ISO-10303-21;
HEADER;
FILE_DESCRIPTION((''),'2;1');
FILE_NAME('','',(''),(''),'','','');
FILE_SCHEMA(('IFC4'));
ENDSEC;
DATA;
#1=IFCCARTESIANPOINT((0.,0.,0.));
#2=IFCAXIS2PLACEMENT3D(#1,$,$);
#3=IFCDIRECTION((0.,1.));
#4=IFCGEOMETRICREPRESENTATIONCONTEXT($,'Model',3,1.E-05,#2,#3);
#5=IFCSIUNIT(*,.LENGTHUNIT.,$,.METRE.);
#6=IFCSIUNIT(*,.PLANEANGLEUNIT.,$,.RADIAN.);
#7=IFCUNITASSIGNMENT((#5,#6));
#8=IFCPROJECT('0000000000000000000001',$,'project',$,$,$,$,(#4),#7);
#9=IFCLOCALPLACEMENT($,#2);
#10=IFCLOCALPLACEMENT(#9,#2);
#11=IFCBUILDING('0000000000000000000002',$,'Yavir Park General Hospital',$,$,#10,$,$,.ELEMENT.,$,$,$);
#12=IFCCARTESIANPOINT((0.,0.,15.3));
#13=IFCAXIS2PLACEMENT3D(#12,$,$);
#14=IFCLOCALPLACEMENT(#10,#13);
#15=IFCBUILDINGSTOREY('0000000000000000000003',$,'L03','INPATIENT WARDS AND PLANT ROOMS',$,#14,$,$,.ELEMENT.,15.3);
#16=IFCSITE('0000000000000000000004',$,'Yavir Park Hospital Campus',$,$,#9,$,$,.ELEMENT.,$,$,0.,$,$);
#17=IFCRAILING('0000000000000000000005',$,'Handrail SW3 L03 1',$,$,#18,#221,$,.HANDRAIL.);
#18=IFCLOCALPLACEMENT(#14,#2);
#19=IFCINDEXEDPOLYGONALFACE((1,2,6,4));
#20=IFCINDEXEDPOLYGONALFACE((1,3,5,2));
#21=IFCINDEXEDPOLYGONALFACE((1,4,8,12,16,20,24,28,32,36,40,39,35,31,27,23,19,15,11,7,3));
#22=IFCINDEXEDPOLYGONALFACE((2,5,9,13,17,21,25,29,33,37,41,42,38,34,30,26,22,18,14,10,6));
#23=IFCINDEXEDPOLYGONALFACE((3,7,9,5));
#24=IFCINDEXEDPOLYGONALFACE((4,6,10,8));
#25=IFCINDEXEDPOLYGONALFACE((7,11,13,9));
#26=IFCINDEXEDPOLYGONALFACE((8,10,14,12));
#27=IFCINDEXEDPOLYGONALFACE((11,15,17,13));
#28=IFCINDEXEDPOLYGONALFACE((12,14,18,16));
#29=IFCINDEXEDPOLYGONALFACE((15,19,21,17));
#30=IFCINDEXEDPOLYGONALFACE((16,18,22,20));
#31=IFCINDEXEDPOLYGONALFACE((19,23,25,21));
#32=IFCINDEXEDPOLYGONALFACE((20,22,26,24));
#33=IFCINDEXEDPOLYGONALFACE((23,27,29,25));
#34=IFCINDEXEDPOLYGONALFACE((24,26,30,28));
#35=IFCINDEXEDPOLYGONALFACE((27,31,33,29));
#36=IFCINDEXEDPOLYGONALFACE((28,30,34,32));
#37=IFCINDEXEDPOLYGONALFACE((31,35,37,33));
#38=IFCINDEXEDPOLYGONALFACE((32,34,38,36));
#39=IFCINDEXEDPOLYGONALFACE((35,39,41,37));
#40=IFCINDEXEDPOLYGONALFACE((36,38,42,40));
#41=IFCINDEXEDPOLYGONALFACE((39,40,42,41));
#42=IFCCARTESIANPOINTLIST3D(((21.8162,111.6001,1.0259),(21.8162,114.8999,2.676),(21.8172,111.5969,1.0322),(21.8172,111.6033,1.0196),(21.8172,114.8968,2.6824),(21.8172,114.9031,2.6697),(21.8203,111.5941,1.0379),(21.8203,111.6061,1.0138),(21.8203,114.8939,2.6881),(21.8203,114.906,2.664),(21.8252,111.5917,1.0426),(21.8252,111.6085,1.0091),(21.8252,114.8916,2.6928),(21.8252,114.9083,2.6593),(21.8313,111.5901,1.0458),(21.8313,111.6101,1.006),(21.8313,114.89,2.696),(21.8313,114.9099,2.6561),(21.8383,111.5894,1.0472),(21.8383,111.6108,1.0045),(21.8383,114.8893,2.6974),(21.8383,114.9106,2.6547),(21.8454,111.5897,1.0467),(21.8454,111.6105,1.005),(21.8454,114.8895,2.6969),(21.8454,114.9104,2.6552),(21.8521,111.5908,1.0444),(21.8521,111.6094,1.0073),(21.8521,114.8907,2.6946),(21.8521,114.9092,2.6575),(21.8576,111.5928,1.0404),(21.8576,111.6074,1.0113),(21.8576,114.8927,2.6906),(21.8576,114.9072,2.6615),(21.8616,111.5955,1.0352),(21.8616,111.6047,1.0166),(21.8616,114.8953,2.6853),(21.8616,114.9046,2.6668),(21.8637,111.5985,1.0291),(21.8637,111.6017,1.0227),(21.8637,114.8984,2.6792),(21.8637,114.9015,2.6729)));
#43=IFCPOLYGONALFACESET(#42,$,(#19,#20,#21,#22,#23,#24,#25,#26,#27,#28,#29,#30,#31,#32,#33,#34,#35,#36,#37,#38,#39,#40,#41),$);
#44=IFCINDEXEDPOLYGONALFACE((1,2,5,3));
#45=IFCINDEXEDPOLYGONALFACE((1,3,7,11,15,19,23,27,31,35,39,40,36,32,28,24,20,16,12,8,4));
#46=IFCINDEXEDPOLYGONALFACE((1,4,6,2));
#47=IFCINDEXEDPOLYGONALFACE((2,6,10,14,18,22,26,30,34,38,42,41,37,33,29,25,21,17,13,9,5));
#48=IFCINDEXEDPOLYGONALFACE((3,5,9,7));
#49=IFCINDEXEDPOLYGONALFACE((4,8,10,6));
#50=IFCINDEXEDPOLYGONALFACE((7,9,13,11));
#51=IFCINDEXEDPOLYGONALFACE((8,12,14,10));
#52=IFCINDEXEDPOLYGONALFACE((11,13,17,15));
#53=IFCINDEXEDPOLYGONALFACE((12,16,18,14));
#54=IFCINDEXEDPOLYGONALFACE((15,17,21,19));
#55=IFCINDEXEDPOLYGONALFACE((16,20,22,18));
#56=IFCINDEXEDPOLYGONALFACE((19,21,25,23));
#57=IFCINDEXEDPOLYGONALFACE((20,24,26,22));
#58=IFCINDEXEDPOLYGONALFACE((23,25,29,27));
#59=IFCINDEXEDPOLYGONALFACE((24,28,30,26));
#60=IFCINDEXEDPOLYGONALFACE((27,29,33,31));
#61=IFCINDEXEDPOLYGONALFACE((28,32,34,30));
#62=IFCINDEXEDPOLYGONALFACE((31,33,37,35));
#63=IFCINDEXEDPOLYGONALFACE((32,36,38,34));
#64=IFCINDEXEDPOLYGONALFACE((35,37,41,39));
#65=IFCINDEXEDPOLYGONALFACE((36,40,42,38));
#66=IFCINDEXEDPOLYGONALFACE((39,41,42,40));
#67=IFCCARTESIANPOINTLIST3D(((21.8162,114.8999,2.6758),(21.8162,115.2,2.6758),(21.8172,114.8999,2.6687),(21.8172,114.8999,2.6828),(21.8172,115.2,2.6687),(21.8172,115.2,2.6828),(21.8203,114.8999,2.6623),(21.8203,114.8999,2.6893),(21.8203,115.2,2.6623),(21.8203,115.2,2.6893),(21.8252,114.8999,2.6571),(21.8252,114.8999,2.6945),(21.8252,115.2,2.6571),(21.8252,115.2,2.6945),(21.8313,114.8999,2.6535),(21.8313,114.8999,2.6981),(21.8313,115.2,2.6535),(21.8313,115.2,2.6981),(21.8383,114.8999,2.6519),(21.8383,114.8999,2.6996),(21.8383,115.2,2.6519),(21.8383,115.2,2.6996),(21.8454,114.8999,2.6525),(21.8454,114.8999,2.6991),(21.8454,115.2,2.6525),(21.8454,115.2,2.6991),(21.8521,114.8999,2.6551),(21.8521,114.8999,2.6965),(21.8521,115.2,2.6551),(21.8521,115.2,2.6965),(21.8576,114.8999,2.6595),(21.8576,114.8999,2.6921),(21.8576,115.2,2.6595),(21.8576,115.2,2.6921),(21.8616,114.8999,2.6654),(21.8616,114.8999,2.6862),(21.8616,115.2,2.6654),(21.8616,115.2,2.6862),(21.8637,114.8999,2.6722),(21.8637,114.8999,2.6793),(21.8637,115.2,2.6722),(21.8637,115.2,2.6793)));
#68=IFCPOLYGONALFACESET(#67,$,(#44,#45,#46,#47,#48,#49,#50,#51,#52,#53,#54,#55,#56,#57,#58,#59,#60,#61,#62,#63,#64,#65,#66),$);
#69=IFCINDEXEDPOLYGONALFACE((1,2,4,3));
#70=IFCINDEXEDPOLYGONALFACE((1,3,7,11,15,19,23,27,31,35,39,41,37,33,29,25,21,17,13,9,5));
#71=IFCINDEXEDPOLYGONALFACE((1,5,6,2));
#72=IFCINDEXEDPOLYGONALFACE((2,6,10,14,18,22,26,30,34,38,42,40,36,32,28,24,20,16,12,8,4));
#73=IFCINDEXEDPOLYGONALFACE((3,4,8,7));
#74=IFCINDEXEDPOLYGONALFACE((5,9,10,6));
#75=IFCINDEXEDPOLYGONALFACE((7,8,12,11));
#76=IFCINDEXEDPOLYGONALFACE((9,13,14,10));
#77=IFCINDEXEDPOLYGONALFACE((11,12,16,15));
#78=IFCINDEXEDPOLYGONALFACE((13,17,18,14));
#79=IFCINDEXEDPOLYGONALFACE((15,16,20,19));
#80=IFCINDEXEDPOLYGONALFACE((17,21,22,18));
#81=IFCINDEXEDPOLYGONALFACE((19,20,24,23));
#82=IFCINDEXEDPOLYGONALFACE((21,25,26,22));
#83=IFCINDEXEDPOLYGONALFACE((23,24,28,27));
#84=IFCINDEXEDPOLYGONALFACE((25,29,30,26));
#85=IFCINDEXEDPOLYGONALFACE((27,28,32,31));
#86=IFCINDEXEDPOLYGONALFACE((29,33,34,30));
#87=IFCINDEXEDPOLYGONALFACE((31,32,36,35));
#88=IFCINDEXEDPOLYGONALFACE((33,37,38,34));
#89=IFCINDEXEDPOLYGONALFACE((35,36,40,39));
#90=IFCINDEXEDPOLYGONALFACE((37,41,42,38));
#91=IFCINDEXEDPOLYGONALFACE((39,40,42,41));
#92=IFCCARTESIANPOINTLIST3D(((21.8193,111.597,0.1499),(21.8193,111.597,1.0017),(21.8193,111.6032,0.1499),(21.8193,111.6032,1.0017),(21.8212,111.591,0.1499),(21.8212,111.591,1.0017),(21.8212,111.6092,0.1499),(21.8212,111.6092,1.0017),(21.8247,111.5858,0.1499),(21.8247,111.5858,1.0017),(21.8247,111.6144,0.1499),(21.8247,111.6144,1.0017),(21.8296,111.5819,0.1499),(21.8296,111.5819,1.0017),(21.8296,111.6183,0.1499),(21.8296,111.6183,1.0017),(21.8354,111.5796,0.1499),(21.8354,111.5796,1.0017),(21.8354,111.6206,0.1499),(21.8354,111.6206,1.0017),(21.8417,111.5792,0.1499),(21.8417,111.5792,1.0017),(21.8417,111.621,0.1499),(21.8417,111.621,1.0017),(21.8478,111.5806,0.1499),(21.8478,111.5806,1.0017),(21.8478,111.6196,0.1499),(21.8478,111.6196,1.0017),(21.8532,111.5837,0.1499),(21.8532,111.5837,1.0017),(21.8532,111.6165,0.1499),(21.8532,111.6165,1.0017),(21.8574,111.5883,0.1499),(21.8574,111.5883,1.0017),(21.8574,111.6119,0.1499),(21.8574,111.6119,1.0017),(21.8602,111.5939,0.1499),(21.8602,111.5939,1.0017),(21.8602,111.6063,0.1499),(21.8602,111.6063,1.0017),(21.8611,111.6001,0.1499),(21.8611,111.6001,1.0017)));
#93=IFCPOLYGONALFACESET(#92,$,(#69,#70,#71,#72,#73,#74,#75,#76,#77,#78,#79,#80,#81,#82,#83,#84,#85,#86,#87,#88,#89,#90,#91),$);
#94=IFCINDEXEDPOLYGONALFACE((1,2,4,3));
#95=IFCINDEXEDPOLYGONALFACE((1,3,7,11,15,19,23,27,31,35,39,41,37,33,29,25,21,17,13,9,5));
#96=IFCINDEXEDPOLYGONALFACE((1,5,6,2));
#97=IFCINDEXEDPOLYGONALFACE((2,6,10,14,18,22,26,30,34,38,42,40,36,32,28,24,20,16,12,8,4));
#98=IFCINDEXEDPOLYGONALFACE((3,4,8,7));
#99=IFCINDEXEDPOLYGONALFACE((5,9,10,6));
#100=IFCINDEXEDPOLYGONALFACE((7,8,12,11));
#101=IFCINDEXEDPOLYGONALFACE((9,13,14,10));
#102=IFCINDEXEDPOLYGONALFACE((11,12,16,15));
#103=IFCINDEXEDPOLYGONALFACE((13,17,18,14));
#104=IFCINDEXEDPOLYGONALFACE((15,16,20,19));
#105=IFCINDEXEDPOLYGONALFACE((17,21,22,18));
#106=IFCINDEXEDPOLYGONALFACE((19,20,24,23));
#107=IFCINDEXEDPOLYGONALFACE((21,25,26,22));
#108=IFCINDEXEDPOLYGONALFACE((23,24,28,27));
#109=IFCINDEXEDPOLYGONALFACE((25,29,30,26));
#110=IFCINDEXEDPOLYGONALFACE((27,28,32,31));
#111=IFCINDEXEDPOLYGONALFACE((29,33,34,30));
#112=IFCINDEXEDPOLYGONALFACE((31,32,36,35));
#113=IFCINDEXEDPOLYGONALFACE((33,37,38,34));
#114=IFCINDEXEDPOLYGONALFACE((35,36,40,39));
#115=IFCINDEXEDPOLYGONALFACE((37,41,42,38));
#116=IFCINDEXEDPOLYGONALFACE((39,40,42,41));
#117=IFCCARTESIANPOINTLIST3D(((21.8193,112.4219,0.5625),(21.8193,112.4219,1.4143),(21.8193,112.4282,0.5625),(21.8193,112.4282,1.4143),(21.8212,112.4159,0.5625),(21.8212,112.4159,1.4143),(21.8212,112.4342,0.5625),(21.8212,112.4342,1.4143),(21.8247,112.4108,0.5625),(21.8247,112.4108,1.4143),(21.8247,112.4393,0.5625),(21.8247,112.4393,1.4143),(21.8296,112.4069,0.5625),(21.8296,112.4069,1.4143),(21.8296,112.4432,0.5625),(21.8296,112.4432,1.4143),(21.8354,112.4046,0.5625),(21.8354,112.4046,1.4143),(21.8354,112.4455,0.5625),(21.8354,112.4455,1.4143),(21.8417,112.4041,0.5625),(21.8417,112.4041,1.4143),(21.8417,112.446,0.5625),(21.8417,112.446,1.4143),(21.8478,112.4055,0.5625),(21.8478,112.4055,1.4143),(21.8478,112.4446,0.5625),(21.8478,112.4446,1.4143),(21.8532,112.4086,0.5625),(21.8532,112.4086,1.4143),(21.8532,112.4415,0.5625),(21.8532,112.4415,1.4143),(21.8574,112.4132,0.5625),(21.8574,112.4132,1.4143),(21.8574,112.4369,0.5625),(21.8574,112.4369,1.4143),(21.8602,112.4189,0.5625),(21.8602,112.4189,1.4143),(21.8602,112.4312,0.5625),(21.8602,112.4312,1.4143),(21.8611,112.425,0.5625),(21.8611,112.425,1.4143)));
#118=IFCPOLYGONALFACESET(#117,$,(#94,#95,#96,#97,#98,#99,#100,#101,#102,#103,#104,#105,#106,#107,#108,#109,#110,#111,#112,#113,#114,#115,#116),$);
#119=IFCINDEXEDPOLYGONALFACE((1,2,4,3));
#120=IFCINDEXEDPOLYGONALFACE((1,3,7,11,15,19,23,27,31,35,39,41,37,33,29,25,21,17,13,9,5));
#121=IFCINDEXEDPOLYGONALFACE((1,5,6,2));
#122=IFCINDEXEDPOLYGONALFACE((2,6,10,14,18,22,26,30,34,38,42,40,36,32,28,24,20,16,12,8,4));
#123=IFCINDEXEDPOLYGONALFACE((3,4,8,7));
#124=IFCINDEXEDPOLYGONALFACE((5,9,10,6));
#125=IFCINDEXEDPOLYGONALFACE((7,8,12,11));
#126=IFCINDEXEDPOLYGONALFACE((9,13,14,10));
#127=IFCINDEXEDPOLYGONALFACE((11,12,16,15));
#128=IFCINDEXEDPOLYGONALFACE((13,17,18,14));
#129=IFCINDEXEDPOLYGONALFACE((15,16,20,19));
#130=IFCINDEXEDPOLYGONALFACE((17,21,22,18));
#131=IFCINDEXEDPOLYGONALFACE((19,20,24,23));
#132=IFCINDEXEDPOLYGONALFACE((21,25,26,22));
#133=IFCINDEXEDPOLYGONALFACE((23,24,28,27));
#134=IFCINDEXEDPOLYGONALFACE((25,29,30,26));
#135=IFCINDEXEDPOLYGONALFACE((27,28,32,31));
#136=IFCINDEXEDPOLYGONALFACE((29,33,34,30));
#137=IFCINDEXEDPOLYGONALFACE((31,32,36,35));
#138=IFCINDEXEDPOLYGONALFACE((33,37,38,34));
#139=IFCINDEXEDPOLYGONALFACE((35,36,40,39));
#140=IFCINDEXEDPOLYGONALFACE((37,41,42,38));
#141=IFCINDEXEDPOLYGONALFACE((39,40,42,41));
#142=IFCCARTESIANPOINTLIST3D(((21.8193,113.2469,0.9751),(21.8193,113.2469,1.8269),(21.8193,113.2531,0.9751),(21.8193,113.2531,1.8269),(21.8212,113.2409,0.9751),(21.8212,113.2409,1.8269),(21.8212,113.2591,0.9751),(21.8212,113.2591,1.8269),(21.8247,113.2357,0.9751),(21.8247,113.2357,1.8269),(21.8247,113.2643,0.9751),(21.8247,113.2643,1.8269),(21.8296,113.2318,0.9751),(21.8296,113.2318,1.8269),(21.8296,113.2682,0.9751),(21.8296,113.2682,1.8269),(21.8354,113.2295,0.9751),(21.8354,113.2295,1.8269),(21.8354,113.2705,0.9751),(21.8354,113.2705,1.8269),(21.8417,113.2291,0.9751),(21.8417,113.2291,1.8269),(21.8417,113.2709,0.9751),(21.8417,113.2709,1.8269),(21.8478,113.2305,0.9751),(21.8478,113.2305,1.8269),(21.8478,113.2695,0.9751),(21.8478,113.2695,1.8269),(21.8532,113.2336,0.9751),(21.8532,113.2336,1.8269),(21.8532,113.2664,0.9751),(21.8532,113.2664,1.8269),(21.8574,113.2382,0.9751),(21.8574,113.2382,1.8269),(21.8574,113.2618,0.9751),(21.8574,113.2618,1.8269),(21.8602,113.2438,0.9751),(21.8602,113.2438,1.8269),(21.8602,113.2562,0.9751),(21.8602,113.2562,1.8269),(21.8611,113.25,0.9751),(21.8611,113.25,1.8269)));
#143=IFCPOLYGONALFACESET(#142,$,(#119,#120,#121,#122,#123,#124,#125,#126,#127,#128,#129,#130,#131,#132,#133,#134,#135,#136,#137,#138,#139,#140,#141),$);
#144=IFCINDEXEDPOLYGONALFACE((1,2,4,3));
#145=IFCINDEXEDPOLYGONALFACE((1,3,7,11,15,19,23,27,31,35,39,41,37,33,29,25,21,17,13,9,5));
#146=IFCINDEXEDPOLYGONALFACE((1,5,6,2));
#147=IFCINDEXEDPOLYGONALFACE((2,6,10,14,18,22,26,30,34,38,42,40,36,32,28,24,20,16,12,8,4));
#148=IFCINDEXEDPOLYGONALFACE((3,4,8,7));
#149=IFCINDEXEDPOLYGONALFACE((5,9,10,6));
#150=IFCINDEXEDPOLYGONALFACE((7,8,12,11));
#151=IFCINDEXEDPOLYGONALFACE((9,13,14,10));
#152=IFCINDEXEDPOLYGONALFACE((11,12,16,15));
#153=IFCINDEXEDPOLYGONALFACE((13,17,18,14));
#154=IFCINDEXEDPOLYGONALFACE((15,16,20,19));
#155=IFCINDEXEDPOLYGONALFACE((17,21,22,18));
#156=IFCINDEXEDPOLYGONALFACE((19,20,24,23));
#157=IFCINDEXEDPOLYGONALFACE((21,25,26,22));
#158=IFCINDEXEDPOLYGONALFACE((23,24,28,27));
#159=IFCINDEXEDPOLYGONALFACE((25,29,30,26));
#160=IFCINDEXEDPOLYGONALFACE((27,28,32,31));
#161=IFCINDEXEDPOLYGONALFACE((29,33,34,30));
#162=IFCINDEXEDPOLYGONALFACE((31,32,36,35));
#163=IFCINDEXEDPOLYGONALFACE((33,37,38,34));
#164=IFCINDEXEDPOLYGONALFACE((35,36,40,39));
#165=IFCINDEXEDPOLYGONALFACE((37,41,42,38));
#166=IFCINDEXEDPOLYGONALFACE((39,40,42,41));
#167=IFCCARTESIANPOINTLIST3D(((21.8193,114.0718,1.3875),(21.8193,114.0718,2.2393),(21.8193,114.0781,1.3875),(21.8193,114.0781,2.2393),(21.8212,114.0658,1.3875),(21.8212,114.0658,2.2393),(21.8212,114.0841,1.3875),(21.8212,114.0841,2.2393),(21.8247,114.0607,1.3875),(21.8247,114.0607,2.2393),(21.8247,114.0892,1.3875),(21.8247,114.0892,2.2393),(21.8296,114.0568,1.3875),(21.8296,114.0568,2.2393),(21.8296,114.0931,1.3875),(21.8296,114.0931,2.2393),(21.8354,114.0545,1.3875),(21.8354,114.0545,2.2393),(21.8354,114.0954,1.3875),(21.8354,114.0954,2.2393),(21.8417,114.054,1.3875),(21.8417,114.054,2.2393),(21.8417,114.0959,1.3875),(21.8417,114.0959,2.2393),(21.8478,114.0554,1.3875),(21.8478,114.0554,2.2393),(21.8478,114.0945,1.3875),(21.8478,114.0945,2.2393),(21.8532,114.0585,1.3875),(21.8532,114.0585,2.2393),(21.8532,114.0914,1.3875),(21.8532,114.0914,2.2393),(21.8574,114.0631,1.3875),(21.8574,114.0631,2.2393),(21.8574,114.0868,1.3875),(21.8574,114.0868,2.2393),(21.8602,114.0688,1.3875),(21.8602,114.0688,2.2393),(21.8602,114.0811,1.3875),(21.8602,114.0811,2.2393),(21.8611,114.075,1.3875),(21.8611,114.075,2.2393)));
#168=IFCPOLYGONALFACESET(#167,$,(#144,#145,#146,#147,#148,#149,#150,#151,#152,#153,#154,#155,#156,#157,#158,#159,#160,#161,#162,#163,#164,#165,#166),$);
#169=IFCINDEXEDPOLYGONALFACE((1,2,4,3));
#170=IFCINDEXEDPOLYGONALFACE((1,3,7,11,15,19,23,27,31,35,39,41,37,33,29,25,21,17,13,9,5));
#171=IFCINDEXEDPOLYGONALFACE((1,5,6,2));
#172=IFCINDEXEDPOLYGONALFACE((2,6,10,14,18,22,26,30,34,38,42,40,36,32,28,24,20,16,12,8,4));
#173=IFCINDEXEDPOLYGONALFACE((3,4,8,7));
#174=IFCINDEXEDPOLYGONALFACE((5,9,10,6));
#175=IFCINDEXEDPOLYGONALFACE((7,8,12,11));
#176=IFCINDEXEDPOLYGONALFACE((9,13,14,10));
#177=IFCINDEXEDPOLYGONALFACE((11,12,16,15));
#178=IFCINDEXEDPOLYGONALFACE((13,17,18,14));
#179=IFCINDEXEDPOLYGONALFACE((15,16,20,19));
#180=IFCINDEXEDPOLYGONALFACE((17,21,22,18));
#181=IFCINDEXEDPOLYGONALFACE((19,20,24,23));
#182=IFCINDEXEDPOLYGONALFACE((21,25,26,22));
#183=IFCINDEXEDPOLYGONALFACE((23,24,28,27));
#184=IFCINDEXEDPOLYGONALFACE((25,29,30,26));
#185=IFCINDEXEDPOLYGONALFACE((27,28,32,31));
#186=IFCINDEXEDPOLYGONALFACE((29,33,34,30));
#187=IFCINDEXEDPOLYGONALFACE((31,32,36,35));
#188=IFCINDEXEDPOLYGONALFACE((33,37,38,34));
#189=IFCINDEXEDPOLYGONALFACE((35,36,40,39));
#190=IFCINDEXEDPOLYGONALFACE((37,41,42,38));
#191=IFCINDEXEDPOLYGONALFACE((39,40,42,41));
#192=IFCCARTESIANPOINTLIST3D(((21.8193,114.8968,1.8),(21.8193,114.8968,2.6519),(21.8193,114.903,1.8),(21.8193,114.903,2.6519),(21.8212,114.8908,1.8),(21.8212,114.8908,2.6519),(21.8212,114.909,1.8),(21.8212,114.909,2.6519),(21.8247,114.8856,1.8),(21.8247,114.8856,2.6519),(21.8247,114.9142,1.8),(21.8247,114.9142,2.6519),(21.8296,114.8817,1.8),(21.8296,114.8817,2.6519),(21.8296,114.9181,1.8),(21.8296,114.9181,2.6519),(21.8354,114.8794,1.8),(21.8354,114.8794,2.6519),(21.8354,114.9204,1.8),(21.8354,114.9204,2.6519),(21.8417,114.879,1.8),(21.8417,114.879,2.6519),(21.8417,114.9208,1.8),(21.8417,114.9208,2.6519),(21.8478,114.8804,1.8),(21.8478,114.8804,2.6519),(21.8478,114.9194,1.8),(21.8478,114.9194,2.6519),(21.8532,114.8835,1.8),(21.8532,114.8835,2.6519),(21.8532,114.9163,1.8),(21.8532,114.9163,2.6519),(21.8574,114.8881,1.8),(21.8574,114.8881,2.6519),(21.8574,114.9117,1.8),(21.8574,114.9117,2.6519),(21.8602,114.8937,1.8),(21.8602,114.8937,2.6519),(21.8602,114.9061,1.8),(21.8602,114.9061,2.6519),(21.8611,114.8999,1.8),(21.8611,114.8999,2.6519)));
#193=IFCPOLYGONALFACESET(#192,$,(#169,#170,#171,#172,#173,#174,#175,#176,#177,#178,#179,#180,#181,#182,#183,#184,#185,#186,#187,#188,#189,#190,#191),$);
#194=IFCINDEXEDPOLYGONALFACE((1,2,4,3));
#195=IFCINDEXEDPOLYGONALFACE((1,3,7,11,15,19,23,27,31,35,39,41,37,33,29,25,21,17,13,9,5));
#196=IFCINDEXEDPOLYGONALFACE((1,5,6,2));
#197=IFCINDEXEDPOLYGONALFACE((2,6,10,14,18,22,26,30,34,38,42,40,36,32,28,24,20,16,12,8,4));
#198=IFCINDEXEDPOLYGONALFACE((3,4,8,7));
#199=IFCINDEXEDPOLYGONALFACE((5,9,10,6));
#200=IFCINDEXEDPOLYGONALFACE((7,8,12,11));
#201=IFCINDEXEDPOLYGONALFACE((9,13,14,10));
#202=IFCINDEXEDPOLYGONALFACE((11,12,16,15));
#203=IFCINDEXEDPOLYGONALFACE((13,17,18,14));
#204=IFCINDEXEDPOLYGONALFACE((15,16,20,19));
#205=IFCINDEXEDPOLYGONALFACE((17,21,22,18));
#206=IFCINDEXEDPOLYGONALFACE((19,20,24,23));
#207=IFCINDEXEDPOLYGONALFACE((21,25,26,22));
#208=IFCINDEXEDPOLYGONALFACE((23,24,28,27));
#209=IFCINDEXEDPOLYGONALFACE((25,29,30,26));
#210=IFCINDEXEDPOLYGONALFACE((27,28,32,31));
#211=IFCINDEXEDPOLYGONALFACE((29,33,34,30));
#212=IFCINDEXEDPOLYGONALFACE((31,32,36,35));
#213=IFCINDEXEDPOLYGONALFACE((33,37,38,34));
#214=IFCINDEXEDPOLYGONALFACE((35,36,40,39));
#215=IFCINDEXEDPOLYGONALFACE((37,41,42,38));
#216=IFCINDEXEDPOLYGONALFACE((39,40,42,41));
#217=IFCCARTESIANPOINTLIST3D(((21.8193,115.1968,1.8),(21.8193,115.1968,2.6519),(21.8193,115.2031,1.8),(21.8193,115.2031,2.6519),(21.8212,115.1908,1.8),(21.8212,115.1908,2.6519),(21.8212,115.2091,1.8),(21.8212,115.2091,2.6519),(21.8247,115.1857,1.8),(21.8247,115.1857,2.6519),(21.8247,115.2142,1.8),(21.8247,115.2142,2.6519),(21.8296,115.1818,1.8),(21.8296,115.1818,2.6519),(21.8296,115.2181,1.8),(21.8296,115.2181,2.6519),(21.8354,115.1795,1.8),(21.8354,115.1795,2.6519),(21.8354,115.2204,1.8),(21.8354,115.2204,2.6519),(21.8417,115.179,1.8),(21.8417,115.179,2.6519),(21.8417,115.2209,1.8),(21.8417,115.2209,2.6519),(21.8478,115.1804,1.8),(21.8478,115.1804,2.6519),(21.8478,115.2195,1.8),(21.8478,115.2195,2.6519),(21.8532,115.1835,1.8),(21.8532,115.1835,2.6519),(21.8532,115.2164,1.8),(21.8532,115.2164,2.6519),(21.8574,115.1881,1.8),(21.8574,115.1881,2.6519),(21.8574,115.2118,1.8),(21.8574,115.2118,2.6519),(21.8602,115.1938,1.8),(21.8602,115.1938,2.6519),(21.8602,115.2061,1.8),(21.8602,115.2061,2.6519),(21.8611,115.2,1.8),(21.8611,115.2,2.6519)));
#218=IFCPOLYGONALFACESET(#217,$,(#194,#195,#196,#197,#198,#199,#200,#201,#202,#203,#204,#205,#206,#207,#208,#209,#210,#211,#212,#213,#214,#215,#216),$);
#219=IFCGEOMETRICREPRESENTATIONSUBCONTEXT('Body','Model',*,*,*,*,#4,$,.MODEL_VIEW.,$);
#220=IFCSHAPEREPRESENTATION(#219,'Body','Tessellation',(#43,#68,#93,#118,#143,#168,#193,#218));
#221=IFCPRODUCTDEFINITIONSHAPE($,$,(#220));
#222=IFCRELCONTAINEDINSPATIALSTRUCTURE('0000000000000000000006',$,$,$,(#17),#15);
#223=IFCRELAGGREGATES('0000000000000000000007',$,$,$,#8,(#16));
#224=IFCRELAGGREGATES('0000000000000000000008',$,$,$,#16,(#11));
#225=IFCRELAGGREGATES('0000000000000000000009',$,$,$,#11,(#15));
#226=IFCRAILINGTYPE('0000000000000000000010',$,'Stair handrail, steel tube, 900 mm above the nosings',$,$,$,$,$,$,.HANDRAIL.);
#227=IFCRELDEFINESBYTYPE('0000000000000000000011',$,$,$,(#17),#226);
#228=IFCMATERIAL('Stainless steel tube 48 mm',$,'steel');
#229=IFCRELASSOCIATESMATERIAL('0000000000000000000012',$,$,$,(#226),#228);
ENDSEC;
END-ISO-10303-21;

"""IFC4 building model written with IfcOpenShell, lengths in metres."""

from ifc_helpers import new_model, si_unit, direction, frame, origin, origin_2d, place, context, subcontext, project, spatial, circle, extrude, material, type_object, element, save


model = new_model("IFC4")

# Units and contexts
model_context = context("Model", 3, precision=1e-05, world=origin(), true_north=direction((0.0, 1.0)))
body_context = subcontext(model_context, "Body", "Model", "MODEL_VIEW")
ifc_project = project(units=[si_unit("LENGTHUNIT", "METRE"), si_unit("PLANEANGLEUNIT", "RADIAN")], contexts=[model_context])

# Site, building, storey
site_placement = place(None, origin())
site = spatial("IfcSite", under=ifc_project, at=site_placement, Name="Yavir Park Hospital Campus", CompositionType="ELEMENT", RefElevation=0.0)
building_placement = place(site_placement, origin())
building = spatial("IfcBuilding", under=site, at=building_placement, Name="Yavir Park General Hospital", CompositionType="ELEMENT")
storey_placement = place(building_placement, frame((0.0, 0.0, 15.3)))
storey = spatial("IfcBuildingStorey", under=building, at=storey_placement, Name="L03", Description="INPATIENT WARDS AND PLANT ROOMS", CompositionType="ELEMENT", Elevation=15.3)

# Railing
ifc_material_1 = material(Name="Stainless steel tube 48 mm", Category="steel")
railing_type = type_object("IfcRailingType", Name="Stair handrail, steel tube, 900 mm above the nosings", PredefinedType="HANDRAIL", material=ifc_material_1)
railing_placement = place(storey_placement, frame((21.8401, 111.6001, 0.1499)))
element("IfcRailing", 1, at=railing_placement, inside=storey, type_object=railing_type, Name="Handrail SW3 L03 1", PredefinedType="HANDRAIL", context=body_context, shape_type="SweptSolid", body=[
    extrude(circle(Radius=0.0239, at=origin_2d()), frame((0.0, 0.0, 0.876), z_axis=(0.0, 0.894401, 0.447267), x_axis=(-1.0, 0.0, 0.0)), (0.0, 0.0, 1.0), 3.6895),
    extrude(circle(Radius=0.0239, at=origin_2d()), frame((0.0, 3.2998, 2.5259), z_axis=(0.0, 1.0, 0.0), x_axis=(-1.0, 0.0, 0.0)), (0.0, 0.0, 1.0), 0.3),
    extrude(circle(Radius=0.021, at=origin_2d()), origin(), (0.0, 0.0, 1.0), 0.8518),
    extrude(circle(Radius=0.021, at=origin_2d()), frame((0.0, 0.825, 0.4126)), (0.0, 0.0, 1.0), 0.8518),
    extrude(circle(Radius=0.021, at=origin_2d()), frame((0.0, 1.6499, 0.8252)), (0.0, 0.0, 1.0), 0.8518),
    extrude(circle(Radius=0.021, at=origin_2d()), frame((0.0, 2.4749, 1.2375)), (0.0, 0.0, 1.0), 0.8518),
    extrude(circle(Radius=0.021, at=origin_2d()), frame((0.0, 3.2998, 1.6501)), (0.0, 0.0, 1.0), 0.8518),
    extrude(circle(Radius=0.021, at=origin_2d()), frame((0.0, 3.5999, 1.6501)), (0.0, 0.0, 1.0), 0.8518),
])

save(model, "model.ifc")
